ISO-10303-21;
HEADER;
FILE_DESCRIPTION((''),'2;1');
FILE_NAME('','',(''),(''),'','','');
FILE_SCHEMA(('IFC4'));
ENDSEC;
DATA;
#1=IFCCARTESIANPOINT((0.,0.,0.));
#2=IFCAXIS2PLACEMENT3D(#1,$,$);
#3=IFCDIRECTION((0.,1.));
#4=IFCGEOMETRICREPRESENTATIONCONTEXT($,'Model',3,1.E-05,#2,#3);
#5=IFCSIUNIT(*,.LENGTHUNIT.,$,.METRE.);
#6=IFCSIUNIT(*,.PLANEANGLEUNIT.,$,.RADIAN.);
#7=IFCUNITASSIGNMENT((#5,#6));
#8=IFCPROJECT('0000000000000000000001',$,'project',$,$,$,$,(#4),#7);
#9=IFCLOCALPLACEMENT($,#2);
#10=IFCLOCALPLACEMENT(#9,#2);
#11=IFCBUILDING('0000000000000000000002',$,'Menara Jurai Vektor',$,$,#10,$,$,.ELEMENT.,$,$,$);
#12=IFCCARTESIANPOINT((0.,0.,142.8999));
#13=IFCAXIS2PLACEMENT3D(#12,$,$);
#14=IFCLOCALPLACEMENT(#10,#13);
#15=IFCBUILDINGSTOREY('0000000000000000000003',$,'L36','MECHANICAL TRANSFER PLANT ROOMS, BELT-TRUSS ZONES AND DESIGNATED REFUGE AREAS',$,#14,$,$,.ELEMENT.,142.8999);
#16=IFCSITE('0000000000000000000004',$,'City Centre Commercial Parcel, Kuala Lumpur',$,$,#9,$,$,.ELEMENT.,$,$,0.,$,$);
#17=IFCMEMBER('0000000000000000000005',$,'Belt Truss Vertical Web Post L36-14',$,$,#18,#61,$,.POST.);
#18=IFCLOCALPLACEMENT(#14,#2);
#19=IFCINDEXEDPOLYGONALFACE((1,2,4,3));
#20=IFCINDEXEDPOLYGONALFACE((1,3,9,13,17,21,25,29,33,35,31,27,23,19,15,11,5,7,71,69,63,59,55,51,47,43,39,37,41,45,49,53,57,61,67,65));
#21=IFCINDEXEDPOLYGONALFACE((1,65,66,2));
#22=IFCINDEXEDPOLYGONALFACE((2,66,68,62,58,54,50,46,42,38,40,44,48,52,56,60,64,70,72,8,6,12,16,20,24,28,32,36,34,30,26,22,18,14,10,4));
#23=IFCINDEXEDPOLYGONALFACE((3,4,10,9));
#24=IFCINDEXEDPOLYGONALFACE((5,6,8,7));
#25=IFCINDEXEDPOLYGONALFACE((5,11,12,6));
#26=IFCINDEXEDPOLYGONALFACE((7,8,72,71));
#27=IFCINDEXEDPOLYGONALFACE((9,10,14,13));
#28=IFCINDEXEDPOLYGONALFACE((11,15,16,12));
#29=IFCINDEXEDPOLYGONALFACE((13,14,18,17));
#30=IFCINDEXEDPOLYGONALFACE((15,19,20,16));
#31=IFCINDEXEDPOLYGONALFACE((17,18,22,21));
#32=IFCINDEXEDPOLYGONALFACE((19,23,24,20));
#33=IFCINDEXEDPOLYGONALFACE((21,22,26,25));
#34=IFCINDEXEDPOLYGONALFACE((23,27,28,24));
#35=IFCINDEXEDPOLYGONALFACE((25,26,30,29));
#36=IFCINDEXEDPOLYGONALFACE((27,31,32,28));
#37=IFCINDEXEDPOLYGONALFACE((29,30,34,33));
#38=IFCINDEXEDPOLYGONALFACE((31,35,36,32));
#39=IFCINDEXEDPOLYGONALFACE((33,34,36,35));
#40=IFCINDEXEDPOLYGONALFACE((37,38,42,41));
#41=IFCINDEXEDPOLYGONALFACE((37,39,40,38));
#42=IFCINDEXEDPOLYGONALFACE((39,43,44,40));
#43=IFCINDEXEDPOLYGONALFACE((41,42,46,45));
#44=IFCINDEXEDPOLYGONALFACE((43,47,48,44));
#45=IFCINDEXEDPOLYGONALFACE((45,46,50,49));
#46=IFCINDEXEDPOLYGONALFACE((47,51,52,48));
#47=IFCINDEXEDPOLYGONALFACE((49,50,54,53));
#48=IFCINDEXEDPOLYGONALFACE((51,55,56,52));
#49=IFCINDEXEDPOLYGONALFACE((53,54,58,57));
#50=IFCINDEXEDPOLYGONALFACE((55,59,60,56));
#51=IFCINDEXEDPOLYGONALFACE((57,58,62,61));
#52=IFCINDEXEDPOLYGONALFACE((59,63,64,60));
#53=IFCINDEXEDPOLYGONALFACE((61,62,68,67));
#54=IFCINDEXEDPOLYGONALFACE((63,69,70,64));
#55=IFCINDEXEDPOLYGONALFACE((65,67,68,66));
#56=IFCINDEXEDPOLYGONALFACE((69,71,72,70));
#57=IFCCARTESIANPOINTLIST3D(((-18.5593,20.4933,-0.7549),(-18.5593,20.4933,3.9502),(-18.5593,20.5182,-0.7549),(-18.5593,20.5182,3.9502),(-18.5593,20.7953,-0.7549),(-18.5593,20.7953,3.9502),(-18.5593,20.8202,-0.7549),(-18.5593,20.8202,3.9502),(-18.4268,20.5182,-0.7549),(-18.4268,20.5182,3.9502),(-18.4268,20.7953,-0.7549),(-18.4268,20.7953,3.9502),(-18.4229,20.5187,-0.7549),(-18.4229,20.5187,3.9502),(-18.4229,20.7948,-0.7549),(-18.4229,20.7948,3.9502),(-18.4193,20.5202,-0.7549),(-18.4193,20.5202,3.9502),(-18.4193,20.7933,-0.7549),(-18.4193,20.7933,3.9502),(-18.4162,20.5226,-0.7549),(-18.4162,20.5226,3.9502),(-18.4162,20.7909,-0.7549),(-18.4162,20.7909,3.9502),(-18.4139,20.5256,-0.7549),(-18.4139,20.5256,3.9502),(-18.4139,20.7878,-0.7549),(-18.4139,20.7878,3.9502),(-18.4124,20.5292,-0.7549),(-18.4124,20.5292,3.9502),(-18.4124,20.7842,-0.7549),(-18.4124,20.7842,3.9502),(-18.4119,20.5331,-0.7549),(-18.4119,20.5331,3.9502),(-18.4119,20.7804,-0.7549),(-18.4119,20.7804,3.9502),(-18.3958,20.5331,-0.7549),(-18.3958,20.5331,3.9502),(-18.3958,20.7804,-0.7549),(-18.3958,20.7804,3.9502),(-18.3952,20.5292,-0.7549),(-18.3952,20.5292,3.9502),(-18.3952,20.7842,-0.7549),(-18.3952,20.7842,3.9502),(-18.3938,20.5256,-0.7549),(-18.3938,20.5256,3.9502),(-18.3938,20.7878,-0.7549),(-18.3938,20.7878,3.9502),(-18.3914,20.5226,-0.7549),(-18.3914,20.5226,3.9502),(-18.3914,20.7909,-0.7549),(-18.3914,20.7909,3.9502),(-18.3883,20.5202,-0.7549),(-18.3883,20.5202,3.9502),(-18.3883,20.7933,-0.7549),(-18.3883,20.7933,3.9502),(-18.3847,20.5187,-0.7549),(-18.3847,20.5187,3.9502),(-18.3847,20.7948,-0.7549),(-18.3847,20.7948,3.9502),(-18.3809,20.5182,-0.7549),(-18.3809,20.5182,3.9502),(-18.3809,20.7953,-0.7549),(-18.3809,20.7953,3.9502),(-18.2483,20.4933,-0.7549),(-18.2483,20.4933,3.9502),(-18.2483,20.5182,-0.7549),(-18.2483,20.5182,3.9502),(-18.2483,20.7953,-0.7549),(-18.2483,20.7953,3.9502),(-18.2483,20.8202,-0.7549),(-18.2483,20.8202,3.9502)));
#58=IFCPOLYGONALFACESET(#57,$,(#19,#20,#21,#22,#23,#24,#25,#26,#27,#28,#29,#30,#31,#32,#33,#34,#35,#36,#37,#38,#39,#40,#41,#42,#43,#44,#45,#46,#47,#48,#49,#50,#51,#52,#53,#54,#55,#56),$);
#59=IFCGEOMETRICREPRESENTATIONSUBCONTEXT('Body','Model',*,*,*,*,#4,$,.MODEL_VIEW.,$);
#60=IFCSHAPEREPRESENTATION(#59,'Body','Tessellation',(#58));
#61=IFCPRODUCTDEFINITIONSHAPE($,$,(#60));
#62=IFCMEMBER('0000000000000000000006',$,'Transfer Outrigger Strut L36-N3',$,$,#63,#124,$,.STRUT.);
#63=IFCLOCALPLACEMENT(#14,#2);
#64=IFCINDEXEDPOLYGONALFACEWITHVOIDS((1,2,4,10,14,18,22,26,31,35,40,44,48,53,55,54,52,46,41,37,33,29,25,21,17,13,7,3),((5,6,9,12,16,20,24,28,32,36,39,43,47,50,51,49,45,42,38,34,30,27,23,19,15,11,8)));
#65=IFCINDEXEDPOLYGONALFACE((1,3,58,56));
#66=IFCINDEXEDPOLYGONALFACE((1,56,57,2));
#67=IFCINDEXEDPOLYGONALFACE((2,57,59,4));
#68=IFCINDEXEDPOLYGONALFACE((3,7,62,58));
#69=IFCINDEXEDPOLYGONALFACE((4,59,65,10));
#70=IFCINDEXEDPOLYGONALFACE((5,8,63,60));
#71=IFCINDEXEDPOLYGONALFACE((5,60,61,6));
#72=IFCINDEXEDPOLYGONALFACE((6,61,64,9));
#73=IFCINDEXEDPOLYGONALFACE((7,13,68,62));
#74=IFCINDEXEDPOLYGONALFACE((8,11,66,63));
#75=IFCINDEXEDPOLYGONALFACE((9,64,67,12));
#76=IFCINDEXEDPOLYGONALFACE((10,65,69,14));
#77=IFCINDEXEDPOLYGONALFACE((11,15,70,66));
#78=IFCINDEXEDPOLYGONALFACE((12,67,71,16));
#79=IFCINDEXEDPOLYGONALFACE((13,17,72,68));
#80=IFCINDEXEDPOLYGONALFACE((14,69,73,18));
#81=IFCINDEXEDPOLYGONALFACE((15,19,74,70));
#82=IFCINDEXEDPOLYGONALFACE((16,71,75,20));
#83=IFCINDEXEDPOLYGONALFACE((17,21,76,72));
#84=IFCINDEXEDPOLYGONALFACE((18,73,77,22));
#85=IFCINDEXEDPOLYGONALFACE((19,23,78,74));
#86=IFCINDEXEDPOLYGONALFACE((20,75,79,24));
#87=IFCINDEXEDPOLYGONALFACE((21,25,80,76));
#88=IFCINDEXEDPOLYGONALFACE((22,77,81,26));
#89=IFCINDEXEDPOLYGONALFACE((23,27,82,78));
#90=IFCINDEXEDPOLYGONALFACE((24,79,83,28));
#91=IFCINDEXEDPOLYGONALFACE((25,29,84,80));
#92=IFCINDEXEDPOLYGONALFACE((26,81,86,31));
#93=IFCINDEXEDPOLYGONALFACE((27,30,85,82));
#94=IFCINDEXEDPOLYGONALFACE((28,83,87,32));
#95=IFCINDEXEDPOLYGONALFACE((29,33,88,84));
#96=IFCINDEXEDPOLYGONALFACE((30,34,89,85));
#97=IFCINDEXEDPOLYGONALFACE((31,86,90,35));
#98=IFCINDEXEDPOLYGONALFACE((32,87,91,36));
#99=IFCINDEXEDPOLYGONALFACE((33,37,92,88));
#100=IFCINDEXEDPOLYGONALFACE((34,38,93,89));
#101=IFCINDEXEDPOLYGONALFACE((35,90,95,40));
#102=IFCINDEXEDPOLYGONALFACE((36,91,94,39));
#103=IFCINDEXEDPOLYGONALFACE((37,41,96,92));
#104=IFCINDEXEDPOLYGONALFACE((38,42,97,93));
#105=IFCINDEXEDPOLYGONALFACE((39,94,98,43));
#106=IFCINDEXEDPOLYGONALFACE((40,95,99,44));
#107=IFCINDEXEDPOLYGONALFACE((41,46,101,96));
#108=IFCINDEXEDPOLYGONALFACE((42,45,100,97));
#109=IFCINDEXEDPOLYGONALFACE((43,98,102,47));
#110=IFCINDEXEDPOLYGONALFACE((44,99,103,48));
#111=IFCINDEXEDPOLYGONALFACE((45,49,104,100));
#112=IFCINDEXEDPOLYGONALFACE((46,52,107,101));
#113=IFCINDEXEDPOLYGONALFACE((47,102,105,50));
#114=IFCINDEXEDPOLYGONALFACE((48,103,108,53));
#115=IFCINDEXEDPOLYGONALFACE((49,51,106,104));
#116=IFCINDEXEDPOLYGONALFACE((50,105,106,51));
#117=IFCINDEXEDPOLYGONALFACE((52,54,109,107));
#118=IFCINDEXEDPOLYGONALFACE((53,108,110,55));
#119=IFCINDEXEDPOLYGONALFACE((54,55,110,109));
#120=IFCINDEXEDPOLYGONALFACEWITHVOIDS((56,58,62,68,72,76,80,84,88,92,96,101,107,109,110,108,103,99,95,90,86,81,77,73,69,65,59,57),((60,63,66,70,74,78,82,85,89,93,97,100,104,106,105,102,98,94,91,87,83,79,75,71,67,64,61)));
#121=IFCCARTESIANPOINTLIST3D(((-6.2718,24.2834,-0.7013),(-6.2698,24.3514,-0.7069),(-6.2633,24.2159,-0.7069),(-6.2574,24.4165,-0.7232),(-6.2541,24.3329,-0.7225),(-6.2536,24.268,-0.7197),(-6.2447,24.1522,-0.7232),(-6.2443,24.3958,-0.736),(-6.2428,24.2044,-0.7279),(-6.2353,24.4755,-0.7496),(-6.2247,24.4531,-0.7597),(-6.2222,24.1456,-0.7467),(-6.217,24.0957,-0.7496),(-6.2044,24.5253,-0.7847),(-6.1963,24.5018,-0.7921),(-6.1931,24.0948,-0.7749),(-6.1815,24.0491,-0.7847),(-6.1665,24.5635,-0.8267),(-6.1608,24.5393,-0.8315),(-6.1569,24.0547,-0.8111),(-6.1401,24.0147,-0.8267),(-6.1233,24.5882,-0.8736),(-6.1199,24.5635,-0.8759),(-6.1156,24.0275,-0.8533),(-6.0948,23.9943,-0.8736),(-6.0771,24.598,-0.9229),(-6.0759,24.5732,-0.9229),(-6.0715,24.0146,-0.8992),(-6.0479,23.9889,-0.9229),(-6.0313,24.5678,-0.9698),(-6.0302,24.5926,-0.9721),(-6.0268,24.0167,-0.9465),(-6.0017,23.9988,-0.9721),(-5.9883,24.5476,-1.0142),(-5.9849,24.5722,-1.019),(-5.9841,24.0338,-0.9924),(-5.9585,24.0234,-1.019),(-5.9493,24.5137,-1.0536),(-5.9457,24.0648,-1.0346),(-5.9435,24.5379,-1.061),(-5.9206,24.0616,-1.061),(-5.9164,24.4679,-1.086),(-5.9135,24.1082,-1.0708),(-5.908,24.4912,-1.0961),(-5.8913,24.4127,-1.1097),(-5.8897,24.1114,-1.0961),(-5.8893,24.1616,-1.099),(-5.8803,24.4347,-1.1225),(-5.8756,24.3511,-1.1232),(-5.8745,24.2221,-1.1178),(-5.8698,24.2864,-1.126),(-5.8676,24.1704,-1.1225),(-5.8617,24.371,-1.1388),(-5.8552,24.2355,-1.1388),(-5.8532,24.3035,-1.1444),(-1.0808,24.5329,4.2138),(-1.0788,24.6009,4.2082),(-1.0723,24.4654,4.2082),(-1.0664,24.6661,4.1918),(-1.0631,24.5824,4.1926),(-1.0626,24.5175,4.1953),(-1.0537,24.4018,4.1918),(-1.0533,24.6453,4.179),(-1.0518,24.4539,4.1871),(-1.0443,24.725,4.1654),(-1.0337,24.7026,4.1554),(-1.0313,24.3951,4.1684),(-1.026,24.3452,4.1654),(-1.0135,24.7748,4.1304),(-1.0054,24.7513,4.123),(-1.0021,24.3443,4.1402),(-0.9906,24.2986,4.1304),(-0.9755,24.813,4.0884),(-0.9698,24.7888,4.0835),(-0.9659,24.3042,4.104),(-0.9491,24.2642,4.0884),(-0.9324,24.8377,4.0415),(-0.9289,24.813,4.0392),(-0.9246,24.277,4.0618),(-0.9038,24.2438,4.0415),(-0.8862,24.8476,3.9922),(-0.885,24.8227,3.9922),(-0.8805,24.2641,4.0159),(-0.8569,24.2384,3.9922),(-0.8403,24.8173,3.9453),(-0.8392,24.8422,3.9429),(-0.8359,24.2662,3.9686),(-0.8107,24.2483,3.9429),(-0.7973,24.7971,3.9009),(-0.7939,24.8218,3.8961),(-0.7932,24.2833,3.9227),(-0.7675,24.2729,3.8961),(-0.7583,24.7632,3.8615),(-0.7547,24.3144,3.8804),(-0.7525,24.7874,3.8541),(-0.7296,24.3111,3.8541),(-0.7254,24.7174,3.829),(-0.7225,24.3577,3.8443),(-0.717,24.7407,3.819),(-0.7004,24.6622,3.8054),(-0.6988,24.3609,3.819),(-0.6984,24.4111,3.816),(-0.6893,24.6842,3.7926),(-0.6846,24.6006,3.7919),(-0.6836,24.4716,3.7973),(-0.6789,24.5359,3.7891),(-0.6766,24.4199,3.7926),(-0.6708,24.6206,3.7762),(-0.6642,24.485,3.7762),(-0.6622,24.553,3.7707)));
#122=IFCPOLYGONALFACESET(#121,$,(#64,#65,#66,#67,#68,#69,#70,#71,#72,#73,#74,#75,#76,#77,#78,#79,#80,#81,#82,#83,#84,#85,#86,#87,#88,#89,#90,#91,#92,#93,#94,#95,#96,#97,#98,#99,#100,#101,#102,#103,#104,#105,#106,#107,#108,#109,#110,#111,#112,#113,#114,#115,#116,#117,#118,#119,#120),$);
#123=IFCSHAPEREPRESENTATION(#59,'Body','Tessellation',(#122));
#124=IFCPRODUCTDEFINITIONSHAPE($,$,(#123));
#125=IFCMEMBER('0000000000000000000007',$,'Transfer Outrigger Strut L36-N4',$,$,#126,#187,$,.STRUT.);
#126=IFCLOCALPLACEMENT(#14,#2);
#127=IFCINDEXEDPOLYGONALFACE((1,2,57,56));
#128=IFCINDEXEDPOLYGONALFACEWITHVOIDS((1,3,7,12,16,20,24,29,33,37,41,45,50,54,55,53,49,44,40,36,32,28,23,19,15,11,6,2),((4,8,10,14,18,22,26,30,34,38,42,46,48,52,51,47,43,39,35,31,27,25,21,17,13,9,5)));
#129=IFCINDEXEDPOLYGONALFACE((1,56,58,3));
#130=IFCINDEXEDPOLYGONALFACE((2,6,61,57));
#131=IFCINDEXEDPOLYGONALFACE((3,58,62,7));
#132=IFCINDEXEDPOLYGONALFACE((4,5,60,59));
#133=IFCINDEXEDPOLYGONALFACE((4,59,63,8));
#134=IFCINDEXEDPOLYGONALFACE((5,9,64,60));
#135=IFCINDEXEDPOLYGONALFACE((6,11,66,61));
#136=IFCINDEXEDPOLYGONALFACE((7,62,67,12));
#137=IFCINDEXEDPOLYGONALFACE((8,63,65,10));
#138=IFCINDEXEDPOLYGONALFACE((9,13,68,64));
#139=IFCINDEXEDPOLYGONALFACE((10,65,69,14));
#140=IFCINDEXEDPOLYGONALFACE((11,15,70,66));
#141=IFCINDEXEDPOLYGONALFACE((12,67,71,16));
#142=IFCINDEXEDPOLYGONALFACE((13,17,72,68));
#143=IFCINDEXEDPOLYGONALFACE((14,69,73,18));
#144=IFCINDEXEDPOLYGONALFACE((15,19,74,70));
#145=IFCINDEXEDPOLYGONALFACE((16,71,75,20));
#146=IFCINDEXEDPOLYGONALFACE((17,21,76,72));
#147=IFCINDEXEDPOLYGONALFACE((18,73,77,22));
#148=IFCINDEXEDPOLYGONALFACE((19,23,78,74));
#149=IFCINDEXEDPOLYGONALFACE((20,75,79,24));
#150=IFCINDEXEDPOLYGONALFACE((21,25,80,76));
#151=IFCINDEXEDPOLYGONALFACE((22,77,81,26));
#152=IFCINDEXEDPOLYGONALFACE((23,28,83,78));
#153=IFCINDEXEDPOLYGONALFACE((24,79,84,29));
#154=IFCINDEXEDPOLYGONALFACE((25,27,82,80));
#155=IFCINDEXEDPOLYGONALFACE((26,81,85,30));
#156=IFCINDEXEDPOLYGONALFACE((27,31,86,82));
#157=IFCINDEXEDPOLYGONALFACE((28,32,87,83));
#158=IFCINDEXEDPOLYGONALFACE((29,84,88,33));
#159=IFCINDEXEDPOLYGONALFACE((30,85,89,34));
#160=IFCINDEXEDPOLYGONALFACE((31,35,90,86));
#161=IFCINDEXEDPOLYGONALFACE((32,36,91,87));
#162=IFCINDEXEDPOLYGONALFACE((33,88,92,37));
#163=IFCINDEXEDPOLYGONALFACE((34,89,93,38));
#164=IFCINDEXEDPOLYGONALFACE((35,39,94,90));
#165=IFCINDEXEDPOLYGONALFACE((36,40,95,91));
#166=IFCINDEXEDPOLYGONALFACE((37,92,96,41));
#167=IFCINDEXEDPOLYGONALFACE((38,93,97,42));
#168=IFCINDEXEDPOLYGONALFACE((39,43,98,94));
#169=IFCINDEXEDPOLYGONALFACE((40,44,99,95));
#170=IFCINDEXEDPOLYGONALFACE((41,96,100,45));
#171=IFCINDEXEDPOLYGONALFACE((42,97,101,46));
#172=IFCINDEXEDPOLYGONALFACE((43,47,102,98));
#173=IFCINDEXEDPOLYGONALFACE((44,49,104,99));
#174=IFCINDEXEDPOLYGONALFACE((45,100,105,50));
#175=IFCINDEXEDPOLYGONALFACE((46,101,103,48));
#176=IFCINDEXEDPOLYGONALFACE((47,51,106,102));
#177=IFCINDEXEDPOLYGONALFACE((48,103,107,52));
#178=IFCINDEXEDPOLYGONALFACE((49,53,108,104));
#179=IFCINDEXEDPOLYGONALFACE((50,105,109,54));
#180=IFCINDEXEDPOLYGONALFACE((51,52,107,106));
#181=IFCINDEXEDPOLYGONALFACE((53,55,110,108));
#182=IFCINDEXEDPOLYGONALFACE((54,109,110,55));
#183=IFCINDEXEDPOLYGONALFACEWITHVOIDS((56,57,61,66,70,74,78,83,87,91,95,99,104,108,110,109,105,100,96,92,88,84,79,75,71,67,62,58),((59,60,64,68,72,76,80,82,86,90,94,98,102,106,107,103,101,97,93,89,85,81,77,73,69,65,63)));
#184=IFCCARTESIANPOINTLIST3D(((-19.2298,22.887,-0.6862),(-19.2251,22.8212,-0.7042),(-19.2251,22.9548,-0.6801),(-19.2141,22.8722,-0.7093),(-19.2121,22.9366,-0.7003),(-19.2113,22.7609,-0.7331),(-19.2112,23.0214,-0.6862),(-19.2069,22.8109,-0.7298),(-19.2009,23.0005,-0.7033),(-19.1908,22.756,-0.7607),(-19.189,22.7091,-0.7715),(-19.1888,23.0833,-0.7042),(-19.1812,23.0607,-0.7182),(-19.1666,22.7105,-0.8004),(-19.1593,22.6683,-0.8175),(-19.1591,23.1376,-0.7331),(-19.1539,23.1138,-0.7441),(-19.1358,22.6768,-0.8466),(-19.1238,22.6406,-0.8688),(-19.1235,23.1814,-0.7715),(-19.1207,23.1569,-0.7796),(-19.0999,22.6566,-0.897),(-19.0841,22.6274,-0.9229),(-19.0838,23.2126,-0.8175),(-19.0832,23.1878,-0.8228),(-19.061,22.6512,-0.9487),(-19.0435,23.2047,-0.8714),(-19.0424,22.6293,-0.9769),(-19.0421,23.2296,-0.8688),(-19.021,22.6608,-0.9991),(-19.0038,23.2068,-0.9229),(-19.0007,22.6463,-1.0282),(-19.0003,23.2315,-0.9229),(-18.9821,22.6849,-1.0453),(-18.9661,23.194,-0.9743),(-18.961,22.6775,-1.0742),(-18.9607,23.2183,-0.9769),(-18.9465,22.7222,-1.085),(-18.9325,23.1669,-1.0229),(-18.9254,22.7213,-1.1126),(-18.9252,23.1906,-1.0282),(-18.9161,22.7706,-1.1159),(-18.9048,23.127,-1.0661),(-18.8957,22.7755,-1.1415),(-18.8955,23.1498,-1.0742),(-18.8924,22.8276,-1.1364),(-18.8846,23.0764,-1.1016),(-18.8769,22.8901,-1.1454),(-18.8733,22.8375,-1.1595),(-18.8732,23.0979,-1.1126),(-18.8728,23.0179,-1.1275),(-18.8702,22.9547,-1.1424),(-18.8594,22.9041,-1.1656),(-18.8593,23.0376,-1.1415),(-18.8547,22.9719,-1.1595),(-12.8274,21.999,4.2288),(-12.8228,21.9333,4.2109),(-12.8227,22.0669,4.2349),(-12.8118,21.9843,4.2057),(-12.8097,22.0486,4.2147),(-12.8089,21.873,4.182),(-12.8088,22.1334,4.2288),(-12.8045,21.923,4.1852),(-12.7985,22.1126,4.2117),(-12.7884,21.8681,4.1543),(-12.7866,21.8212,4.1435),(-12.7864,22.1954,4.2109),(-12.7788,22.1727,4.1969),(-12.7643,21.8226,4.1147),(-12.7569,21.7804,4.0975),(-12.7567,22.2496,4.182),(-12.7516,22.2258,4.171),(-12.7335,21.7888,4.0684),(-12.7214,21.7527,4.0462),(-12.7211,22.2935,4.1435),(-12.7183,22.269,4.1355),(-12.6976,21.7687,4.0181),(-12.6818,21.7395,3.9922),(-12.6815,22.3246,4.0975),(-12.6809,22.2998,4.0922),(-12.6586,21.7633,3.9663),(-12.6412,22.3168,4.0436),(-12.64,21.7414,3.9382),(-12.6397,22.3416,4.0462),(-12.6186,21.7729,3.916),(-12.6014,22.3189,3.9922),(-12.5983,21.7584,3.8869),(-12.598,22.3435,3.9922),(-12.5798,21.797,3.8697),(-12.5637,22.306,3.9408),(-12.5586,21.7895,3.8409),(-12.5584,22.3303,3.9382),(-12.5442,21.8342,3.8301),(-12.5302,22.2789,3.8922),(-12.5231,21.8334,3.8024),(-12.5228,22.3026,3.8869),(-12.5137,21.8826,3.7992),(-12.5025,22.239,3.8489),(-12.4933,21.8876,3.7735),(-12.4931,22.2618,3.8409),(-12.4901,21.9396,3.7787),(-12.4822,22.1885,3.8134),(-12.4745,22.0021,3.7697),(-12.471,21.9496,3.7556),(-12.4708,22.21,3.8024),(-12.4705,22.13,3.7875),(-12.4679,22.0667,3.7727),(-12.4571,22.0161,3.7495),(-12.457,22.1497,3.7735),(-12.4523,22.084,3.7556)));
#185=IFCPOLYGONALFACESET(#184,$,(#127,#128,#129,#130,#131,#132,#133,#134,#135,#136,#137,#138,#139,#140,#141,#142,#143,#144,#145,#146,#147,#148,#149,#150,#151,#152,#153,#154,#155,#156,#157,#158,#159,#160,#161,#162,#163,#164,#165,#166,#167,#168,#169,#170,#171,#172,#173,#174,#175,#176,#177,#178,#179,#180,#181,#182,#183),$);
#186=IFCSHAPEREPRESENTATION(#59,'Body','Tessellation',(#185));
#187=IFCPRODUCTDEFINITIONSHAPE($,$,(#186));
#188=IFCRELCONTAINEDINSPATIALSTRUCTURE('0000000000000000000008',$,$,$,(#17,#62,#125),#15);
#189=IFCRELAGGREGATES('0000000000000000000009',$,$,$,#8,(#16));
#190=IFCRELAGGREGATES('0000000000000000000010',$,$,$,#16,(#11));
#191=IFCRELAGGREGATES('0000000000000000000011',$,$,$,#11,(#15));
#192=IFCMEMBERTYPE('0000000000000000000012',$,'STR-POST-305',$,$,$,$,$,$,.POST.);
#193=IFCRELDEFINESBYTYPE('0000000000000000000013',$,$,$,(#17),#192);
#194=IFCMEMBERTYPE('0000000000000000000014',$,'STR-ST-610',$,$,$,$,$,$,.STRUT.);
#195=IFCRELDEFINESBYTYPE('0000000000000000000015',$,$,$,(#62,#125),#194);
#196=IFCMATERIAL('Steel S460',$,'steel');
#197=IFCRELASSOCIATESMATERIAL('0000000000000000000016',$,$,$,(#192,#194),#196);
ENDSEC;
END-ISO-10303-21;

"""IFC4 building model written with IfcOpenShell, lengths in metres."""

from ifc_helpers import new_model, si_unit, direction, frame, origin, origin_2d, place, context, subcontext, project, spatial, hollow_circle, i_section, extrude, material, material_profile, profile_set, type_object, element, save


model = new_model("IFC4")

# Units and contexts
model_context = context("Model", 3, precision=1e-05, world=origin(), true_north=direction((0.0, 1.0)))
body_context = subcontext(model_context, "Body", "Model", "MODEL_VIEW")
ifc_project = project(units=[si_unit("LENGTHUNIT", "METRE"), si_unit("PLANEANGLEUNIT", "RADIAN")], contexts=[model_context])

# Site, building, storey
site_placement = place(None, origin())
site = spatial("IfcSite", under=ifc_project, at=site_placement, Name="City Centre Commercial Parcel, Kuala Lumpur", CompositionType="ELEMENT", RefElevation=0.0)
building_placement = place(site_placement, origin())
building = spatial("IfcBuilding", under=site, at=building_placement, Name="Menara Jurai Vektor", CompositionType="ELEMENT")
storey_placement = place(building_placement, frame((0.0, 0.0, 142.8999)))
storey = spatial("IfcBuildingStorey", under=building, at=storey_placement, Name="L36", Description="MECHANICAL TRANSFER PLANT ROOMS, BELT-TRUSS ZONES AND DESIGNATED REFUGE AREAS", CompositionType="ELEMENT", Elevation=142.8999)

# Shared definitions
ifc_material_1 = material(Name="Steel S460", Category="steel")

# Members
ifc_material_profile_1 = material_profile(ifc_material_1, i_section(OverallWidth=0.311, OverallDepth=0.3269, WebThickness=0.0161, FlangeThickness=0.0249, FilletRadius=0.0149, at=origin_2d()), Name="UKC 305x305x158")
ifc_profile_set_1 = profile_set([ifc_material_profile_1], Name="Steel S460")
member_type_1 = type_object("IfcMemberType", Name="STR-POST-305", PredefinedType="POST", material=ifc_profile_set_1)
for number, where, z_axis, x_axis, name in (
    (1, (-18.4038, 20.6567, -0.7549), (0.0, 0.0, 1.0), (1.0, 0.0, 0.0), "Belt Truss Vertical Web Post L36-14"),
):
    element("IfcMember", number, at=place(storey_placement, frame(where, z_axis=z_axis, x_axis=x_axis)), inside=storey, type_object=member_type_1, Name=name, PredefinedType="POST", context=body_context, shape_type="SweptSolid", body=[
        extrude(i_section(OverallWidth=0.311, OverallDepth=0.3269, WebThickness=0.0161, FlangeThickness=0.0249, FilletRadius=0.0149, at=origin_2d()), origin(), (0.0, 0.0, 1.0), 4.7051),
    ])
ifc_material_profile_2 = material_profile(ifc_material_1, hollow_circle(Radius=0.3049, WallThickness=0.0249, at=origin_2d()), Name="CHS 610x25")
ifc_profile_set_2 = profile_set([ifc_material_profile_2], Name="Steel S460")
member_type_2 = type_object("IfcMemberType", Name="STR-ST-610", PredefinedType="STRUT", material=ifc_profile_set_2)
member_1_placement = place(storey_placement, frame((-6.0625, 24.2935, -0.9229), z_axis=(0.725697, 0.034882, 0.687129), x_axis=(-0.048012, 0.998847, 0.0)))
element("IfcMember", 2, at=member_1_placement, inside=storey, type_object=member_type_2, Name="Transfer Outrigger Strut L36-N3", PredefinedType="STRUT", context=body_context, shape_type="SweptSolid", body=[
    extrude(hollow_circle(Radius=0.3049, WallThickness=0.0249, at=origin_2d()), origin(), (0.0, 0.0, 1.0), 7.1531),
])
member_2_placement = place(storey_placement, frame((-19.0422, 22.9294, -0.9229), z_axis=(0.788456, -0.109351, 0.605293), x_axis=(0.137375, 0.990519, 0.0)))
element("IfcMember", 3, at=member_2_placement, inside=storey, type_object=member_type_2, Name="Transfer Outrigger Strut L36-N4", PredefinedType="STRUT", context=body_context, shape_type="SweptSolid", body=[
    extrude(hollow_circle(Radius=0.3049, WallThickness=0.0249, at=origin_2d()), origin(), (0.0, 0.0, 1.0), 8.1201),
])

save(model, "model.ifc")
